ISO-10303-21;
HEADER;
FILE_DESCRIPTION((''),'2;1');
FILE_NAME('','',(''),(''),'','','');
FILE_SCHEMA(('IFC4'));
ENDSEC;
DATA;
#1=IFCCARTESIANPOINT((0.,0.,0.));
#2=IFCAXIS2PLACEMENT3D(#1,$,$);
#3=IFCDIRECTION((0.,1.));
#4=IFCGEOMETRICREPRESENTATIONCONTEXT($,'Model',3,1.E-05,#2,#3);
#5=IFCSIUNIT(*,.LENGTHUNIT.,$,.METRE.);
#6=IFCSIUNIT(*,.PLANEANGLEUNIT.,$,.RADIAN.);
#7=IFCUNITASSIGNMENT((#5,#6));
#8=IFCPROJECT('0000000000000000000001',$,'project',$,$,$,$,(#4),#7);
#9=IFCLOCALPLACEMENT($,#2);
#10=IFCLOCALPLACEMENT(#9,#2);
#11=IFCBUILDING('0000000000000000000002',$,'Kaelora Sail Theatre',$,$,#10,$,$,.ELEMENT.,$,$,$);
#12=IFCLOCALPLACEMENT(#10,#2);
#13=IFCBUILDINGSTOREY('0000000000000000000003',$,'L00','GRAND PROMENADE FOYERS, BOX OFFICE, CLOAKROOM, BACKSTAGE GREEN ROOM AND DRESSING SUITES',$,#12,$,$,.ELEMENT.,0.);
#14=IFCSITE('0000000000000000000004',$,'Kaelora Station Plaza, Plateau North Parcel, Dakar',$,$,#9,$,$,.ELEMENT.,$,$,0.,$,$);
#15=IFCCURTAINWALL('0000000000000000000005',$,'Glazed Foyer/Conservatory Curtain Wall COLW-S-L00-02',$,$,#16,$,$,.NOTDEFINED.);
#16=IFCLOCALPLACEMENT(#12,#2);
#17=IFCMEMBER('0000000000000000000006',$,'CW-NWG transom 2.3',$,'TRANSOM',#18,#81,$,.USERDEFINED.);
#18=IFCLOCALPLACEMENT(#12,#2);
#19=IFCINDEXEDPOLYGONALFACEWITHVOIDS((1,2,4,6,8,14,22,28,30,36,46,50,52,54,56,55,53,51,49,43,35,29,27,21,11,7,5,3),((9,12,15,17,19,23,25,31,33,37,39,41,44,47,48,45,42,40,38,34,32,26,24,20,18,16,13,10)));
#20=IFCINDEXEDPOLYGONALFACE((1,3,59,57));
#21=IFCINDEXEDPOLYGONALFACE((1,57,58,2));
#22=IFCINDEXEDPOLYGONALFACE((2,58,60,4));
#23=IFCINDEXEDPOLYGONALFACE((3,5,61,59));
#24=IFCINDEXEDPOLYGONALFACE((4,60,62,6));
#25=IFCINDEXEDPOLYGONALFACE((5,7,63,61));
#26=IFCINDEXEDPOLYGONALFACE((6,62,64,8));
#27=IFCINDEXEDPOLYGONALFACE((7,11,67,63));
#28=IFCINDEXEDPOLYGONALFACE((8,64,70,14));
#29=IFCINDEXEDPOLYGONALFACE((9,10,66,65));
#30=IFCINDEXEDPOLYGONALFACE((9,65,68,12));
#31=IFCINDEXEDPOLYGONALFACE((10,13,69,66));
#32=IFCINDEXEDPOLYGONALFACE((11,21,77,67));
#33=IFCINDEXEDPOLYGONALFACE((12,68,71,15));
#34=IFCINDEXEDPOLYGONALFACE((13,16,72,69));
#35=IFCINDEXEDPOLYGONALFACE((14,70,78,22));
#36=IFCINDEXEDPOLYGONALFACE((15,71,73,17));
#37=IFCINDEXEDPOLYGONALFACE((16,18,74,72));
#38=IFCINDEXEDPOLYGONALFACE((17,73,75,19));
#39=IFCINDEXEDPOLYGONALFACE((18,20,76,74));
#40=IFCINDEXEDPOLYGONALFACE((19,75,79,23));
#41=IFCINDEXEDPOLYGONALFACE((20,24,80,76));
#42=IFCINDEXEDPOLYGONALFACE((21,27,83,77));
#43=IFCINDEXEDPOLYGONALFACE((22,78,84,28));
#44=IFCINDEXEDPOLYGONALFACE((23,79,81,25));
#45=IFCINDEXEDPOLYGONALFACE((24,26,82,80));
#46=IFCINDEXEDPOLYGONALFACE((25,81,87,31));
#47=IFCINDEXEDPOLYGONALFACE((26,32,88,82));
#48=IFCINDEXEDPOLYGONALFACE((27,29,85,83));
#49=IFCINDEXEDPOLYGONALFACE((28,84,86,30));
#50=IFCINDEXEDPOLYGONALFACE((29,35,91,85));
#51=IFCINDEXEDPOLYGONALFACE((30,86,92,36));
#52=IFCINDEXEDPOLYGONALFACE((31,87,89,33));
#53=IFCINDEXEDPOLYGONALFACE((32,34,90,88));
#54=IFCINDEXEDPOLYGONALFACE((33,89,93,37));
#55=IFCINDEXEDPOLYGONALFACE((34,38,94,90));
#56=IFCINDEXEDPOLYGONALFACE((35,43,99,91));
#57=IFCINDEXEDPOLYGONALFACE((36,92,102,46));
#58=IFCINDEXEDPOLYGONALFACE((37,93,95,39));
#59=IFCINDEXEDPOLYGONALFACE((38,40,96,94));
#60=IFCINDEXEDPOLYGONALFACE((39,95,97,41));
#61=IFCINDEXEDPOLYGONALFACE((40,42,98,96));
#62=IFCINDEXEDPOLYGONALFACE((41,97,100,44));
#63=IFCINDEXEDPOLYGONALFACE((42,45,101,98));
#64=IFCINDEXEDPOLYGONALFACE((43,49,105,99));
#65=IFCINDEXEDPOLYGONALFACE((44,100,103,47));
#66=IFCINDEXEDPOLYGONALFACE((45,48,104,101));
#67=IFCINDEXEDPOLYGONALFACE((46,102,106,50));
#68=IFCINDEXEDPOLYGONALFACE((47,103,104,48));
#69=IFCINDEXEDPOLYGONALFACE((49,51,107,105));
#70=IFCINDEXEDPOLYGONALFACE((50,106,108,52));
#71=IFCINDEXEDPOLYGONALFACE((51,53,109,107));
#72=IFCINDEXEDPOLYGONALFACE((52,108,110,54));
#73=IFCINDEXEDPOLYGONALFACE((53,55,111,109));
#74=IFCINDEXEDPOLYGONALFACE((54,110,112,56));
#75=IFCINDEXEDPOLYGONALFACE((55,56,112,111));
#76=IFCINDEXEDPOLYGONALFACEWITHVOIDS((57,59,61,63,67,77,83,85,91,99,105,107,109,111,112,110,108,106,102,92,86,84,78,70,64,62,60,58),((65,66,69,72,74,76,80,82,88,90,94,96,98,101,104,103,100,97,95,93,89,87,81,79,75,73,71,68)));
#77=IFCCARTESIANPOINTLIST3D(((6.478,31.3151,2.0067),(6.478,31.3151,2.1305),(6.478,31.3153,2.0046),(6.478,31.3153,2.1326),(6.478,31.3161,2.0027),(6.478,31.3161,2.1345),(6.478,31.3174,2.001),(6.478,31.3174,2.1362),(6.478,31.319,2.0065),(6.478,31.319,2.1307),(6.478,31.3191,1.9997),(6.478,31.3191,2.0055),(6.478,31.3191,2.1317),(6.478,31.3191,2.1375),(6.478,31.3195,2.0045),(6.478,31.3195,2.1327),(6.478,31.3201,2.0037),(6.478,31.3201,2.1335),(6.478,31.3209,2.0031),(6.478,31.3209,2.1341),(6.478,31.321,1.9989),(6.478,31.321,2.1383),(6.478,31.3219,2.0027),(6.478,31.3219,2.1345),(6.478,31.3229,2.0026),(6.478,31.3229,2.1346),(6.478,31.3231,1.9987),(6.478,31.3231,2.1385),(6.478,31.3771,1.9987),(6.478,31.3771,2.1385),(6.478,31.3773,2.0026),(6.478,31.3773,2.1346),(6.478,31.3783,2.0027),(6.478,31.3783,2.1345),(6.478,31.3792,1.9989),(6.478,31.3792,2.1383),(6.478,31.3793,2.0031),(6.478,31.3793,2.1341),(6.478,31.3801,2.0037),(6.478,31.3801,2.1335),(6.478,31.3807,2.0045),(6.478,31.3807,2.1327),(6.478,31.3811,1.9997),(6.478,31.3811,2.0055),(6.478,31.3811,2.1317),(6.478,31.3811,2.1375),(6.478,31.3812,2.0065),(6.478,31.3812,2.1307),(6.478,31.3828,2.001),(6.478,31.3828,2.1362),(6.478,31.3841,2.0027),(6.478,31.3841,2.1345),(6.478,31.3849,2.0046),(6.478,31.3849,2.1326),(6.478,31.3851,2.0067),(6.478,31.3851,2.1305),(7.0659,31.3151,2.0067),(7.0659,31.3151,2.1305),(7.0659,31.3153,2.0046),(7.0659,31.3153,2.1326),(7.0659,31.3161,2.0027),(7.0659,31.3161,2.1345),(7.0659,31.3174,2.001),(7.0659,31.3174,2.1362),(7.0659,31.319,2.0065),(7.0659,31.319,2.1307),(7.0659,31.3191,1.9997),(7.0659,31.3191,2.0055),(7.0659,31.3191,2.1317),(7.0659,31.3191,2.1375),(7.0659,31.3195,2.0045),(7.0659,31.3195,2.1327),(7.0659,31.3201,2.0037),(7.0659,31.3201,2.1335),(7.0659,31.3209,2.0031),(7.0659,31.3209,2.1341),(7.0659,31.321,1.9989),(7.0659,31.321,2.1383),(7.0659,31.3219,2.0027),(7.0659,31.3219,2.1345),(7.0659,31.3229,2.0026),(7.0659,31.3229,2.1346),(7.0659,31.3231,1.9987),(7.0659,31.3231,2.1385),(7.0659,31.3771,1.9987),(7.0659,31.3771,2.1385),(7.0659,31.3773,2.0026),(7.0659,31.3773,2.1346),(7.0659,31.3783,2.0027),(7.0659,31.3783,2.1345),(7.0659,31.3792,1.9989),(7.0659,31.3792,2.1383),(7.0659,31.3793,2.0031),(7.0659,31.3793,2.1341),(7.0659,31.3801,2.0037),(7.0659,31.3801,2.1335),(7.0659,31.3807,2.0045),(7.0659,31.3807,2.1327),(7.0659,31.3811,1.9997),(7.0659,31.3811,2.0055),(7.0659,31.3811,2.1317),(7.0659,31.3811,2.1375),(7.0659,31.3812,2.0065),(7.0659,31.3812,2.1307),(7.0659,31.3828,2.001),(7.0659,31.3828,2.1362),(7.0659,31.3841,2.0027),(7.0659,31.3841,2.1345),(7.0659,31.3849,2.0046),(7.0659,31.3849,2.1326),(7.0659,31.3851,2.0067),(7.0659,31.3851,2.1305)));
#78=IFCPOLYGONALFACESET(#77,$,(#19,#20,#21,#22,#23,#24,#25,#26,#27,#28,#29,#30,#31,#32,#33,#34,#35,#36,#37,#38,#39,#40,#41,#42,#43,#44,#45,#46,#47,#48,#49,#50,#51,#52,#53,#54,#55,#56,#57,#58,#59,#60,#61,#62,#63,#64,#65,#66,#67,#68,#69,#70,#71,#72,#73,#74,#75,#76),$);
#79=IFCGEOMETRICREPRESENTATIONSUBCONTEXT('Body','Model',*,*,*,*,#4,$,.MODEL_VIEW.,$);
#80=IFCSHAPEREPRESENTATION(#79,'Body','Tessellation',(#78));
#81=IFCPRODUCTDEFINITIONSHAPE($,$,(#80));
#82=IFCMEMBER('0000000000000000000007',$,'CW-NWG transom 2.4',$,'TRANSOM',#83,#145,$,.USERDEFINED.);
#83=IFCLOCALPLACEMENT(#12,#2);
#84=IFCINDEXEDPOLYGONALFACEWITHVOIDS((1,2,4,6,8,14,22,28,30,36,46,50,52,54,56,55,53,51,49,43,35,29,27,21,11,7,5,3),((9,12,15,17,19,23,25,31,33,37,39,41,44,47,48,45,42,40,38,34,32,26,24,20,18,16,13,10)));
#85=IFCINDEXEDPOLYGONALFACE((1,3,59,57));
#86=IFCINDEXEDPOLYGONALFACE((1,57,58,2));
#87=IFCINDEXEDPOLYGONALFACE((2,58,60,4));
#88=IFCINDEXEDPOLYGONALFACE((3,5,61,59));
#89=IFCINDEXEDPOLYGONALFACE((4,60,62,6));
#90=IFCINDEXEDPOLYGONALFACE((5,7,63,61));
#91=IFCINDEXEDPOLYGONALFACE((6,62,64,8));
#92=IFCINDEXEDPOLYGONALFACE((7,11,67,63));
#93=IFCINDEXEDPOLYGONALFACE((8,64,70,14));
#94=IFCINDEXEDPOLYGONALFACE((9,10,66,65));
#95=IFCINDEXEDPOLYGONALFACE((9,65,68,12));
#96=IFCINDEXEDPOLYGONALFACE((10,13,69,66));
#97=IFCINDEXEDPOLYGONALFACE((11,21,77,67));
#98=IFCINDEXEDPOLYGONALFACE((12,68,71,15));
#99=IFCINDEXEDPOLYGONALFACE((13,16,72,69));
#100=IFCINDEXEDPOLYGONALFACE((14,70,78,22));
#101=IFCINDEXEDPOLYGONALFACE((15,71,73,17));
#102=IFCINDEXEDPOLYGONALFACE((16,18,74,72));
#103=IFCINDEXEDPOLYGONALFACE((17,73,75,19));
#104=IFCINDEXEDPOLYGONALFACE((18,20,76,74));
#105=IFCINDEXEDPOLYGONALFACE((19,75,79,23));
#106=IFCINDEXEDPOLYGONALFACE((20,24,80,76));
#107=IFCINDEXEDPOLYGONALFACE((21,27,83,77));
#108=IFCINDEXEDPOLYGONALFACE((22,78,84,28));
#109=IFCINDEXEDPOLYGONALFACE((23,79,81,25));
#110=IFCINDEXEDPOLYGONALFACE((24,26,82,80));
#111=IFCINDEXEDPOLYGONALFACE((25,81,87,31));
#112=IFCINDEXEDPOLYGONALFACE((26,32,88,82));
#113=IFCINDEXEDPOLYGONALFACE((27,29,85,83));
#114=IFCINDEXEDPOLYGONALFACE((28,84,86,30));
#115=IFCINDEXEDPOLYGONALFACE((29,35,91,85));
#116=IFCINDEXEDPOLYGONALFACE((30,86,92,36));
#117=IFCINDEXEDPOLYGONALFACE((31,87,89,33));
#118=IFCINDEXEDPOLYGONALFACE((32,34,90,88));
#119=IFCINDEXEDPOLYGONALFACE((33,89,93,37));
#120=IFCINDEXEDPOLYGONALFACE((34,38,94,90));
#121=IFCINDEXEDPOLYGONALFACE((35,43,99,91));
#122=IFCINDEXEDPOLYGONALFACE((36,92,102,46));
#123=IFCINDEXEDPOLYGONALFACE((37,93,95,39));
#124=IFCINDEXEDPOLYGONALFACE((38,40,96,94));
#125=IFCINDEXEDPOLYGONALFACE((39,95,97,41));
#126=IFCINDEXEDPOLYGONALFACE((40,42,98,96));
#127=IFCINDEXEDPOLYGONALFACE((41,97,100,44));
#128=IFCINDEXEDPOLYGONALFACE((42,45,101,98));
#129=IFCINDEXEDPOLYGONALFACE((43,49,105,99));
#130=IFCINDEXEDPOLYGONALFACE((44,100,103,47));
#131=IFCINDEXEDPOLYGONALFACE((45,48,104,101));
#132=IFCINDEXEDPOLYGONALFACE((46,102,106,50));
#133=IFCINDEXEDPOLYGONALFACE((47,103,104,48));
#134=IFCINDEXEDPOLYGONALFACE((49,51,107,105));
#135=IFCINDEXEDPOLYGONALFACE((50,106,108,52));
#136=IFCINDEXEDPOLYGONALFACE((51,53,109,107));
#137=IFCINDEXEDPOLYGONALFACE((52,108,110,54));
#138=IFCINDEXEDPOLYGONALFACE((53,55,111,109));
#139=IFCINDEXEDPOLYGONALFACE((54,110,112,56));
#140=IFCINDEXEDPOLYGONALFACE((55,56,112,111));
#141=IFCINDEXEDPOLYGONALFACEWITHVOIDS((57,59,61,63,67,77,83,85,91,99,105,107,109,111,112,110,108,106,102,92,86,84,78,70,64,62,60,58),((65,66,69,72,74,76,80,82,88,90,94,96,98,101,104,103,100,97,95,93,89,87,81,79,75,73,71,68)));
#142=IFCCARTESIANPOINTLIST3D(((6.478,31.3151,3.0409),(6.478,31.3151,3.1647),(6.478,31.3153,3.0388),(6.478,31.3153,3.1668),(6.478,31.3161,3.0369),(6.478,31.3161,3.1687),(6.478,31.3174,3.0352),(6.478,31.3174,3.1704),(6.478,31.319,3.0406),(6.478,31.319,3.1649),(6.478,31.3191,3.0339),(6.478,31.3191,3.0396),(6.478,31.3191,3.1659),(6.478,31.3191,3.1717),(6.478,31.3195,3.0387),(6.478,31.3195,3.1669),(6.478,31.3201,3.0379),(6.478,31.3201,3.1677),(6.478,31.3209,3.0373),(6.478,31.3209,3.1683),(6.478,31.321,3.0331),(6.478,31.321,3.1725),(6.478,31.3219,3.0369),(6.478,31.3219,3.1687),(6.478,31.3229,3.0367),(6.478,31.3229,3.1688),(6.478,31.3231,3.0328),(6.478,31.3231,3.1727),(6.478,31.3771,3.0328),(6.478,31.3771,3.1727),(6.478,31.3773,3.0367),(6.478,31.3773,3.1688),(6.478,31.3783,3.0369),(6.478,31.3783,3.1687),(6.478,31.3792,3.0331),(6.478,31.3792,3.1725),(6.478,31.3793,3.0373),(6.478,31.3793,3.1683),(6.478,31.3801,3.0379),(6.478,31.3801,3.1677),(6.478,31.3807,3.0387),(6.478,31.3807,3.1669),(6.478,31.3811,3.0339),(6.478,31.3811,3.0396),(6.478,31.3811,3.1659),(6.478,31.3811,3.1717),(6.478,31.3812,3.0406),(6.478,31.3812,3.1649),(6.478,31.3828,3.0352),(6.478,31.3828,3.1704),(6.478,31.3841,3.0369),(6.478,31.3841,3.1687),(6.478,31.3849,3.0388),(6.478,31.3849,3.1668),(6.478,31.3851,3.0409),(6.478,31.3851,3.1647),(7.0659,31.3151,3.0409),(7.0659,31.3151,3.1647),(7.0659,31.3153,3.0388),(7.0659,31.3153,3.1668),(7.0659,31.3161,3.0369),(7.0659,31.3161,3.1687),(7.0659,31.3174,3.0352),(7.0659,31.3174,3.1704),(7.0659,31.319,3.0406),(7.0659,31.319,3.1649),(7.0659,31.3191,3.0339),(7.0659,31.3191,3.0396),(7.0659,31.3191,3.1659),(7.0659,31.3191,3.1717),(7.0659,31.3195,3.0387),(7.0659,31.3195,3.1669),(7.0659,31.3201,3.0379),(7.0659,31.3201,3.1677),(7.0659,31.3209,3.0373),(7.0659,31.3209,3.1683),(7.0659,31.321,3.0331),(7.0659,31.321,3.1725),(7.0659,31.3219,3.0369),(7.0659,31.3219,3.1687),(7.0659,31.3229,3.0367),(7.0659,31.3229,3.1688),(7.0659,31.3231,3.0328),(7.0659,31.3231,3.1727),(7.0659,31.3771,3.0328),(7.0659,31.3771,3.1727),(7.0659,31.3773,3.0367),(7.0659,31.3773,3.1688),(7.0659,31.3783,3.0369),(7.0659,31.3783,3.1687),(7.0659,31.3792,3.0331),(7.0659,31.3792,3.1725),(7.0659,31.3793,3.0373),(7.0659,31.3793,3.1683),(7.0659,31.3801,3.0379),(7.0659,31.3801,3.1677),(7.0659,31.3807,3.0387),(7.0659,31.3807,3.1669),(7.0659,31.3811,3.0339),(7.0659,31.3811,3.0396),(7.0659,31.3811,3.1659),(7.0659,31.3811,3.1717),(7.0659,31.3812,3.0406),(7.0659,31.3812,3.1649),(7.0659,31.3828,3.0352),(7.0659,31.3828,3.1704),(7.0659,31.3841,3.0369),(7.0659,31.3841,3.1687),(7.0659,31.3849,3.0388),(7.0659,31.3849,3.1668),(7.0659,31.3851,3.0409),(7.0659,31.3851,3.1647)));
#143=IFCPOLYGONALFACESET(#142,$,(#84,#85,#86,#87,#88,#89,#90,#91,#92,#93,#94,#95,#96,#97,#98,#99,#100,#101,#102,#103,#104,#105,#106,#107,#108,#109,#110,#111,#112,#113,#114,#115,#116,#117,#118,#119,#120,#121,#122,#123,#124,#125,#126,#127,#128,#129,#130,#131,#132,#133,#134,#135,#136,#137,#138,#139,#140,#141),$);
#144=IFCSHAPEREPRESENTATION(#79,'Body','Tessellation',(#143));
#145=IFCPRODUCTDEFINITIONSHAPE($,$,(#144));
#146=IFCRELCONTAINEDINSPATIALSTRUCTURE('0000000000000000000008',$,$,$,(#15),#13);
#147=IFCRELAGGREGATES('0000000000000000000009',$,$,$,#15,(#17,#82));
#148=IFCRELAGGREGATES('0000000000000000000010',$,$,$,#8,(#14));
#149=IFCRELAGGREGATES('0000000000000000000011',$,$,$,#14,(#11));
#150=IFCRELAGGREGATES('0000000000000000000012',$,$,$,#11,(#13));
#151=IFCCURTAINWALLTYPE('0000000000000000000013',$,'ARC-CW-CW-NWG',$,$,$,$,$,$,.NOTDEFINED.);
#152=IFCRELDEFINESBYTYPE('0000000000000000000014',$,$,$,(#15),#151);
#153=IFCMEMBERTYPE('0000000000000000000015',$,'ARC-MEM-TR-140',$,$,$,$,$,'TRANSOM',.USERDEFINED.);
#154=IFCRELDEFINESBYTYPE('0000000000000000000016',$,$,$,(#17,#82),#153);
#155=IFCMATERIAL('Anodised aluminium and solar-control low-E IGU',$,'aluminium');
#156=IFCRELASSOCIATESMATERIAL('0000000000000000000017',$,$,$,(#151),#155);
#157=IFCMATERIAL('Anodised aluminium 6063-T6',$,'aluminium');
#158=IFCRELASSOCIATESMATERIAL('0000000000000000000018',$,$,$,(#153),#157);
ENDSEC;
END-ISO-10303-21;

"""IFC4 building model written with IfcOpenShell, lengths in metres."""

from ifc_helpers import new_model, si_unit, direction, frame, origin, origin_2d, place, context, subcontext, project, spatial, hollow_rectangle, extrude, material, material_profile, profile_set, type_object, element, aggregate, save


model = new_model("IFC4")

# Units and contexts
model_context = context("Model", 3, precision=1e-05, world=origin(), true_north=direction((0.0, 1.0)))
body_context = subcontext(model_context, "Body", "Model", "MODEL_VIEW")
ifc_project = project(units=[si_unit("LENGTHUNIT", "METRE"), si_unit("PLANEANGLEUNIT", "RADIAN")], contexts=[model_context])

# Site, building, storey
site_placement = place(None, origin())
site = spatial("IfcSite", under=ifc_project, at=site_placement, Name="Kaelora Station Plaza, Plateau North Parcel, Dakar", CompositionType="ELEMENT", RefElevation=0.0)
building_placement = place(site_placement, origin())
building = spatial("IfcBuilding", under=site, at=building_placement, Name="Kaelora Sail Theatre", CompositionType="ELEMENT")
storey_placement = place(building_placement, origin())
storey = spatial("IfcBuildingStorey", under=building, at=storey_placement, Name="L00", Description="GRAND PROMENADE FOYERS, BOX OFFICE, CLOAKROOM, BACKSTAGE GREEN ROOM AND DRESSING SUITES", CompositionType="ELEMENT", Elevation=0.0)

# Curtain wall, members
ifc_material_1 = material(Name="Anodised aluminium and solar-control low-E IGU", Category="aluminium")
curtain_wall_type = type_object("IfcCurtainWallType", Name="ARC-CW-CW-NWG", PredefinedType="NOTDEFINED", material=ifc_material_1)
ifc_material_2 = material(Name="Anodised aluminium 6063-T6", Category="aluminium")
ifc_material_profile = material_profile(ifc_material_2, hollow_rectangle(XDim=0.0701, YDim=0.1399, WallThickness=0.0039, InnerFilletRadius=0.0039, OuterFilletRadius=0.0081, at=origin_2d()), Name="ALU-TRAN 70x140x4")
ifc_profile_set = profile_set([ifc_material_profile], Name="Anodised aluminium 6063-T6")
member_type = type_object("IfcMemberType", Name="ARC-MEM-TR-140", ElementType="TRANSOM", PredefinedType="USERDEFINED", material=ifc_profile_set)
curtain_wall_1_placement = place(storey_placement, origin())
curtain_wall_1 = element("IfcCurtainWall", 1, at=curtain_wall_1_placement, inside=storey, type_object=curtain_wall_type, Name="Glazed Foyer/Conservatory Curtain Wall COLW-S-L00-02", PredefinedType="NOTDEFINED")
member_1_placement = place(storey_placement, frame((6.478, 31.3501, 2.0686), z_axis=(1.0, 0.0, 0.0), x_axis=(0.0, 1.0, 0.0)))
member_1 = element("IfcMember", 2, at=member_1_placement, type_object=member_type, Name="CW-NWG transom 2.3", ObjectType="TRANSOM", PredefinedType="USERDEFINED", context=body_context, shape_type="SweptSolid", body=[
    extrude(hollow_rectangle(XDim=0.0701, YDim=0.1399, WallThickness=0.0039, InnerFilletRadius=0.0039, OuterFilletRadius=0.0081, at=origin_2d()), origin(), (0.0, 0.0, 1.0), 0.5879),
])
member_2_placement = place(storey_placement, frame((6.478, 31.3501, 3.1028), z_axis=(1.0, 0.0, 0.0), x_axis=(0.0, 1.0, 0.0)))
member_2 = element("IfcMember", 3, at=member_2_placement, type_object=member_type, Name="CW-NWG transom 2.4", ObjectType="TRANSOM", PredefinedType="USERDEFINED", context=body_context, shape_type="SweptSolid", body=[
    extrude(hollow_rectangle(XDim=0.0701, YDim=0.1399, WallThickness=0.0039, InnerFilletRadius=0.0039, OuterFilletRadius=0.0081, at=origin_2d()), origin(), (0.0, 0.0, 1.0), 0.5879),
])

aggregate(curtain_wall_1, [member_1, member_2])

save(model, "model.ifc")
